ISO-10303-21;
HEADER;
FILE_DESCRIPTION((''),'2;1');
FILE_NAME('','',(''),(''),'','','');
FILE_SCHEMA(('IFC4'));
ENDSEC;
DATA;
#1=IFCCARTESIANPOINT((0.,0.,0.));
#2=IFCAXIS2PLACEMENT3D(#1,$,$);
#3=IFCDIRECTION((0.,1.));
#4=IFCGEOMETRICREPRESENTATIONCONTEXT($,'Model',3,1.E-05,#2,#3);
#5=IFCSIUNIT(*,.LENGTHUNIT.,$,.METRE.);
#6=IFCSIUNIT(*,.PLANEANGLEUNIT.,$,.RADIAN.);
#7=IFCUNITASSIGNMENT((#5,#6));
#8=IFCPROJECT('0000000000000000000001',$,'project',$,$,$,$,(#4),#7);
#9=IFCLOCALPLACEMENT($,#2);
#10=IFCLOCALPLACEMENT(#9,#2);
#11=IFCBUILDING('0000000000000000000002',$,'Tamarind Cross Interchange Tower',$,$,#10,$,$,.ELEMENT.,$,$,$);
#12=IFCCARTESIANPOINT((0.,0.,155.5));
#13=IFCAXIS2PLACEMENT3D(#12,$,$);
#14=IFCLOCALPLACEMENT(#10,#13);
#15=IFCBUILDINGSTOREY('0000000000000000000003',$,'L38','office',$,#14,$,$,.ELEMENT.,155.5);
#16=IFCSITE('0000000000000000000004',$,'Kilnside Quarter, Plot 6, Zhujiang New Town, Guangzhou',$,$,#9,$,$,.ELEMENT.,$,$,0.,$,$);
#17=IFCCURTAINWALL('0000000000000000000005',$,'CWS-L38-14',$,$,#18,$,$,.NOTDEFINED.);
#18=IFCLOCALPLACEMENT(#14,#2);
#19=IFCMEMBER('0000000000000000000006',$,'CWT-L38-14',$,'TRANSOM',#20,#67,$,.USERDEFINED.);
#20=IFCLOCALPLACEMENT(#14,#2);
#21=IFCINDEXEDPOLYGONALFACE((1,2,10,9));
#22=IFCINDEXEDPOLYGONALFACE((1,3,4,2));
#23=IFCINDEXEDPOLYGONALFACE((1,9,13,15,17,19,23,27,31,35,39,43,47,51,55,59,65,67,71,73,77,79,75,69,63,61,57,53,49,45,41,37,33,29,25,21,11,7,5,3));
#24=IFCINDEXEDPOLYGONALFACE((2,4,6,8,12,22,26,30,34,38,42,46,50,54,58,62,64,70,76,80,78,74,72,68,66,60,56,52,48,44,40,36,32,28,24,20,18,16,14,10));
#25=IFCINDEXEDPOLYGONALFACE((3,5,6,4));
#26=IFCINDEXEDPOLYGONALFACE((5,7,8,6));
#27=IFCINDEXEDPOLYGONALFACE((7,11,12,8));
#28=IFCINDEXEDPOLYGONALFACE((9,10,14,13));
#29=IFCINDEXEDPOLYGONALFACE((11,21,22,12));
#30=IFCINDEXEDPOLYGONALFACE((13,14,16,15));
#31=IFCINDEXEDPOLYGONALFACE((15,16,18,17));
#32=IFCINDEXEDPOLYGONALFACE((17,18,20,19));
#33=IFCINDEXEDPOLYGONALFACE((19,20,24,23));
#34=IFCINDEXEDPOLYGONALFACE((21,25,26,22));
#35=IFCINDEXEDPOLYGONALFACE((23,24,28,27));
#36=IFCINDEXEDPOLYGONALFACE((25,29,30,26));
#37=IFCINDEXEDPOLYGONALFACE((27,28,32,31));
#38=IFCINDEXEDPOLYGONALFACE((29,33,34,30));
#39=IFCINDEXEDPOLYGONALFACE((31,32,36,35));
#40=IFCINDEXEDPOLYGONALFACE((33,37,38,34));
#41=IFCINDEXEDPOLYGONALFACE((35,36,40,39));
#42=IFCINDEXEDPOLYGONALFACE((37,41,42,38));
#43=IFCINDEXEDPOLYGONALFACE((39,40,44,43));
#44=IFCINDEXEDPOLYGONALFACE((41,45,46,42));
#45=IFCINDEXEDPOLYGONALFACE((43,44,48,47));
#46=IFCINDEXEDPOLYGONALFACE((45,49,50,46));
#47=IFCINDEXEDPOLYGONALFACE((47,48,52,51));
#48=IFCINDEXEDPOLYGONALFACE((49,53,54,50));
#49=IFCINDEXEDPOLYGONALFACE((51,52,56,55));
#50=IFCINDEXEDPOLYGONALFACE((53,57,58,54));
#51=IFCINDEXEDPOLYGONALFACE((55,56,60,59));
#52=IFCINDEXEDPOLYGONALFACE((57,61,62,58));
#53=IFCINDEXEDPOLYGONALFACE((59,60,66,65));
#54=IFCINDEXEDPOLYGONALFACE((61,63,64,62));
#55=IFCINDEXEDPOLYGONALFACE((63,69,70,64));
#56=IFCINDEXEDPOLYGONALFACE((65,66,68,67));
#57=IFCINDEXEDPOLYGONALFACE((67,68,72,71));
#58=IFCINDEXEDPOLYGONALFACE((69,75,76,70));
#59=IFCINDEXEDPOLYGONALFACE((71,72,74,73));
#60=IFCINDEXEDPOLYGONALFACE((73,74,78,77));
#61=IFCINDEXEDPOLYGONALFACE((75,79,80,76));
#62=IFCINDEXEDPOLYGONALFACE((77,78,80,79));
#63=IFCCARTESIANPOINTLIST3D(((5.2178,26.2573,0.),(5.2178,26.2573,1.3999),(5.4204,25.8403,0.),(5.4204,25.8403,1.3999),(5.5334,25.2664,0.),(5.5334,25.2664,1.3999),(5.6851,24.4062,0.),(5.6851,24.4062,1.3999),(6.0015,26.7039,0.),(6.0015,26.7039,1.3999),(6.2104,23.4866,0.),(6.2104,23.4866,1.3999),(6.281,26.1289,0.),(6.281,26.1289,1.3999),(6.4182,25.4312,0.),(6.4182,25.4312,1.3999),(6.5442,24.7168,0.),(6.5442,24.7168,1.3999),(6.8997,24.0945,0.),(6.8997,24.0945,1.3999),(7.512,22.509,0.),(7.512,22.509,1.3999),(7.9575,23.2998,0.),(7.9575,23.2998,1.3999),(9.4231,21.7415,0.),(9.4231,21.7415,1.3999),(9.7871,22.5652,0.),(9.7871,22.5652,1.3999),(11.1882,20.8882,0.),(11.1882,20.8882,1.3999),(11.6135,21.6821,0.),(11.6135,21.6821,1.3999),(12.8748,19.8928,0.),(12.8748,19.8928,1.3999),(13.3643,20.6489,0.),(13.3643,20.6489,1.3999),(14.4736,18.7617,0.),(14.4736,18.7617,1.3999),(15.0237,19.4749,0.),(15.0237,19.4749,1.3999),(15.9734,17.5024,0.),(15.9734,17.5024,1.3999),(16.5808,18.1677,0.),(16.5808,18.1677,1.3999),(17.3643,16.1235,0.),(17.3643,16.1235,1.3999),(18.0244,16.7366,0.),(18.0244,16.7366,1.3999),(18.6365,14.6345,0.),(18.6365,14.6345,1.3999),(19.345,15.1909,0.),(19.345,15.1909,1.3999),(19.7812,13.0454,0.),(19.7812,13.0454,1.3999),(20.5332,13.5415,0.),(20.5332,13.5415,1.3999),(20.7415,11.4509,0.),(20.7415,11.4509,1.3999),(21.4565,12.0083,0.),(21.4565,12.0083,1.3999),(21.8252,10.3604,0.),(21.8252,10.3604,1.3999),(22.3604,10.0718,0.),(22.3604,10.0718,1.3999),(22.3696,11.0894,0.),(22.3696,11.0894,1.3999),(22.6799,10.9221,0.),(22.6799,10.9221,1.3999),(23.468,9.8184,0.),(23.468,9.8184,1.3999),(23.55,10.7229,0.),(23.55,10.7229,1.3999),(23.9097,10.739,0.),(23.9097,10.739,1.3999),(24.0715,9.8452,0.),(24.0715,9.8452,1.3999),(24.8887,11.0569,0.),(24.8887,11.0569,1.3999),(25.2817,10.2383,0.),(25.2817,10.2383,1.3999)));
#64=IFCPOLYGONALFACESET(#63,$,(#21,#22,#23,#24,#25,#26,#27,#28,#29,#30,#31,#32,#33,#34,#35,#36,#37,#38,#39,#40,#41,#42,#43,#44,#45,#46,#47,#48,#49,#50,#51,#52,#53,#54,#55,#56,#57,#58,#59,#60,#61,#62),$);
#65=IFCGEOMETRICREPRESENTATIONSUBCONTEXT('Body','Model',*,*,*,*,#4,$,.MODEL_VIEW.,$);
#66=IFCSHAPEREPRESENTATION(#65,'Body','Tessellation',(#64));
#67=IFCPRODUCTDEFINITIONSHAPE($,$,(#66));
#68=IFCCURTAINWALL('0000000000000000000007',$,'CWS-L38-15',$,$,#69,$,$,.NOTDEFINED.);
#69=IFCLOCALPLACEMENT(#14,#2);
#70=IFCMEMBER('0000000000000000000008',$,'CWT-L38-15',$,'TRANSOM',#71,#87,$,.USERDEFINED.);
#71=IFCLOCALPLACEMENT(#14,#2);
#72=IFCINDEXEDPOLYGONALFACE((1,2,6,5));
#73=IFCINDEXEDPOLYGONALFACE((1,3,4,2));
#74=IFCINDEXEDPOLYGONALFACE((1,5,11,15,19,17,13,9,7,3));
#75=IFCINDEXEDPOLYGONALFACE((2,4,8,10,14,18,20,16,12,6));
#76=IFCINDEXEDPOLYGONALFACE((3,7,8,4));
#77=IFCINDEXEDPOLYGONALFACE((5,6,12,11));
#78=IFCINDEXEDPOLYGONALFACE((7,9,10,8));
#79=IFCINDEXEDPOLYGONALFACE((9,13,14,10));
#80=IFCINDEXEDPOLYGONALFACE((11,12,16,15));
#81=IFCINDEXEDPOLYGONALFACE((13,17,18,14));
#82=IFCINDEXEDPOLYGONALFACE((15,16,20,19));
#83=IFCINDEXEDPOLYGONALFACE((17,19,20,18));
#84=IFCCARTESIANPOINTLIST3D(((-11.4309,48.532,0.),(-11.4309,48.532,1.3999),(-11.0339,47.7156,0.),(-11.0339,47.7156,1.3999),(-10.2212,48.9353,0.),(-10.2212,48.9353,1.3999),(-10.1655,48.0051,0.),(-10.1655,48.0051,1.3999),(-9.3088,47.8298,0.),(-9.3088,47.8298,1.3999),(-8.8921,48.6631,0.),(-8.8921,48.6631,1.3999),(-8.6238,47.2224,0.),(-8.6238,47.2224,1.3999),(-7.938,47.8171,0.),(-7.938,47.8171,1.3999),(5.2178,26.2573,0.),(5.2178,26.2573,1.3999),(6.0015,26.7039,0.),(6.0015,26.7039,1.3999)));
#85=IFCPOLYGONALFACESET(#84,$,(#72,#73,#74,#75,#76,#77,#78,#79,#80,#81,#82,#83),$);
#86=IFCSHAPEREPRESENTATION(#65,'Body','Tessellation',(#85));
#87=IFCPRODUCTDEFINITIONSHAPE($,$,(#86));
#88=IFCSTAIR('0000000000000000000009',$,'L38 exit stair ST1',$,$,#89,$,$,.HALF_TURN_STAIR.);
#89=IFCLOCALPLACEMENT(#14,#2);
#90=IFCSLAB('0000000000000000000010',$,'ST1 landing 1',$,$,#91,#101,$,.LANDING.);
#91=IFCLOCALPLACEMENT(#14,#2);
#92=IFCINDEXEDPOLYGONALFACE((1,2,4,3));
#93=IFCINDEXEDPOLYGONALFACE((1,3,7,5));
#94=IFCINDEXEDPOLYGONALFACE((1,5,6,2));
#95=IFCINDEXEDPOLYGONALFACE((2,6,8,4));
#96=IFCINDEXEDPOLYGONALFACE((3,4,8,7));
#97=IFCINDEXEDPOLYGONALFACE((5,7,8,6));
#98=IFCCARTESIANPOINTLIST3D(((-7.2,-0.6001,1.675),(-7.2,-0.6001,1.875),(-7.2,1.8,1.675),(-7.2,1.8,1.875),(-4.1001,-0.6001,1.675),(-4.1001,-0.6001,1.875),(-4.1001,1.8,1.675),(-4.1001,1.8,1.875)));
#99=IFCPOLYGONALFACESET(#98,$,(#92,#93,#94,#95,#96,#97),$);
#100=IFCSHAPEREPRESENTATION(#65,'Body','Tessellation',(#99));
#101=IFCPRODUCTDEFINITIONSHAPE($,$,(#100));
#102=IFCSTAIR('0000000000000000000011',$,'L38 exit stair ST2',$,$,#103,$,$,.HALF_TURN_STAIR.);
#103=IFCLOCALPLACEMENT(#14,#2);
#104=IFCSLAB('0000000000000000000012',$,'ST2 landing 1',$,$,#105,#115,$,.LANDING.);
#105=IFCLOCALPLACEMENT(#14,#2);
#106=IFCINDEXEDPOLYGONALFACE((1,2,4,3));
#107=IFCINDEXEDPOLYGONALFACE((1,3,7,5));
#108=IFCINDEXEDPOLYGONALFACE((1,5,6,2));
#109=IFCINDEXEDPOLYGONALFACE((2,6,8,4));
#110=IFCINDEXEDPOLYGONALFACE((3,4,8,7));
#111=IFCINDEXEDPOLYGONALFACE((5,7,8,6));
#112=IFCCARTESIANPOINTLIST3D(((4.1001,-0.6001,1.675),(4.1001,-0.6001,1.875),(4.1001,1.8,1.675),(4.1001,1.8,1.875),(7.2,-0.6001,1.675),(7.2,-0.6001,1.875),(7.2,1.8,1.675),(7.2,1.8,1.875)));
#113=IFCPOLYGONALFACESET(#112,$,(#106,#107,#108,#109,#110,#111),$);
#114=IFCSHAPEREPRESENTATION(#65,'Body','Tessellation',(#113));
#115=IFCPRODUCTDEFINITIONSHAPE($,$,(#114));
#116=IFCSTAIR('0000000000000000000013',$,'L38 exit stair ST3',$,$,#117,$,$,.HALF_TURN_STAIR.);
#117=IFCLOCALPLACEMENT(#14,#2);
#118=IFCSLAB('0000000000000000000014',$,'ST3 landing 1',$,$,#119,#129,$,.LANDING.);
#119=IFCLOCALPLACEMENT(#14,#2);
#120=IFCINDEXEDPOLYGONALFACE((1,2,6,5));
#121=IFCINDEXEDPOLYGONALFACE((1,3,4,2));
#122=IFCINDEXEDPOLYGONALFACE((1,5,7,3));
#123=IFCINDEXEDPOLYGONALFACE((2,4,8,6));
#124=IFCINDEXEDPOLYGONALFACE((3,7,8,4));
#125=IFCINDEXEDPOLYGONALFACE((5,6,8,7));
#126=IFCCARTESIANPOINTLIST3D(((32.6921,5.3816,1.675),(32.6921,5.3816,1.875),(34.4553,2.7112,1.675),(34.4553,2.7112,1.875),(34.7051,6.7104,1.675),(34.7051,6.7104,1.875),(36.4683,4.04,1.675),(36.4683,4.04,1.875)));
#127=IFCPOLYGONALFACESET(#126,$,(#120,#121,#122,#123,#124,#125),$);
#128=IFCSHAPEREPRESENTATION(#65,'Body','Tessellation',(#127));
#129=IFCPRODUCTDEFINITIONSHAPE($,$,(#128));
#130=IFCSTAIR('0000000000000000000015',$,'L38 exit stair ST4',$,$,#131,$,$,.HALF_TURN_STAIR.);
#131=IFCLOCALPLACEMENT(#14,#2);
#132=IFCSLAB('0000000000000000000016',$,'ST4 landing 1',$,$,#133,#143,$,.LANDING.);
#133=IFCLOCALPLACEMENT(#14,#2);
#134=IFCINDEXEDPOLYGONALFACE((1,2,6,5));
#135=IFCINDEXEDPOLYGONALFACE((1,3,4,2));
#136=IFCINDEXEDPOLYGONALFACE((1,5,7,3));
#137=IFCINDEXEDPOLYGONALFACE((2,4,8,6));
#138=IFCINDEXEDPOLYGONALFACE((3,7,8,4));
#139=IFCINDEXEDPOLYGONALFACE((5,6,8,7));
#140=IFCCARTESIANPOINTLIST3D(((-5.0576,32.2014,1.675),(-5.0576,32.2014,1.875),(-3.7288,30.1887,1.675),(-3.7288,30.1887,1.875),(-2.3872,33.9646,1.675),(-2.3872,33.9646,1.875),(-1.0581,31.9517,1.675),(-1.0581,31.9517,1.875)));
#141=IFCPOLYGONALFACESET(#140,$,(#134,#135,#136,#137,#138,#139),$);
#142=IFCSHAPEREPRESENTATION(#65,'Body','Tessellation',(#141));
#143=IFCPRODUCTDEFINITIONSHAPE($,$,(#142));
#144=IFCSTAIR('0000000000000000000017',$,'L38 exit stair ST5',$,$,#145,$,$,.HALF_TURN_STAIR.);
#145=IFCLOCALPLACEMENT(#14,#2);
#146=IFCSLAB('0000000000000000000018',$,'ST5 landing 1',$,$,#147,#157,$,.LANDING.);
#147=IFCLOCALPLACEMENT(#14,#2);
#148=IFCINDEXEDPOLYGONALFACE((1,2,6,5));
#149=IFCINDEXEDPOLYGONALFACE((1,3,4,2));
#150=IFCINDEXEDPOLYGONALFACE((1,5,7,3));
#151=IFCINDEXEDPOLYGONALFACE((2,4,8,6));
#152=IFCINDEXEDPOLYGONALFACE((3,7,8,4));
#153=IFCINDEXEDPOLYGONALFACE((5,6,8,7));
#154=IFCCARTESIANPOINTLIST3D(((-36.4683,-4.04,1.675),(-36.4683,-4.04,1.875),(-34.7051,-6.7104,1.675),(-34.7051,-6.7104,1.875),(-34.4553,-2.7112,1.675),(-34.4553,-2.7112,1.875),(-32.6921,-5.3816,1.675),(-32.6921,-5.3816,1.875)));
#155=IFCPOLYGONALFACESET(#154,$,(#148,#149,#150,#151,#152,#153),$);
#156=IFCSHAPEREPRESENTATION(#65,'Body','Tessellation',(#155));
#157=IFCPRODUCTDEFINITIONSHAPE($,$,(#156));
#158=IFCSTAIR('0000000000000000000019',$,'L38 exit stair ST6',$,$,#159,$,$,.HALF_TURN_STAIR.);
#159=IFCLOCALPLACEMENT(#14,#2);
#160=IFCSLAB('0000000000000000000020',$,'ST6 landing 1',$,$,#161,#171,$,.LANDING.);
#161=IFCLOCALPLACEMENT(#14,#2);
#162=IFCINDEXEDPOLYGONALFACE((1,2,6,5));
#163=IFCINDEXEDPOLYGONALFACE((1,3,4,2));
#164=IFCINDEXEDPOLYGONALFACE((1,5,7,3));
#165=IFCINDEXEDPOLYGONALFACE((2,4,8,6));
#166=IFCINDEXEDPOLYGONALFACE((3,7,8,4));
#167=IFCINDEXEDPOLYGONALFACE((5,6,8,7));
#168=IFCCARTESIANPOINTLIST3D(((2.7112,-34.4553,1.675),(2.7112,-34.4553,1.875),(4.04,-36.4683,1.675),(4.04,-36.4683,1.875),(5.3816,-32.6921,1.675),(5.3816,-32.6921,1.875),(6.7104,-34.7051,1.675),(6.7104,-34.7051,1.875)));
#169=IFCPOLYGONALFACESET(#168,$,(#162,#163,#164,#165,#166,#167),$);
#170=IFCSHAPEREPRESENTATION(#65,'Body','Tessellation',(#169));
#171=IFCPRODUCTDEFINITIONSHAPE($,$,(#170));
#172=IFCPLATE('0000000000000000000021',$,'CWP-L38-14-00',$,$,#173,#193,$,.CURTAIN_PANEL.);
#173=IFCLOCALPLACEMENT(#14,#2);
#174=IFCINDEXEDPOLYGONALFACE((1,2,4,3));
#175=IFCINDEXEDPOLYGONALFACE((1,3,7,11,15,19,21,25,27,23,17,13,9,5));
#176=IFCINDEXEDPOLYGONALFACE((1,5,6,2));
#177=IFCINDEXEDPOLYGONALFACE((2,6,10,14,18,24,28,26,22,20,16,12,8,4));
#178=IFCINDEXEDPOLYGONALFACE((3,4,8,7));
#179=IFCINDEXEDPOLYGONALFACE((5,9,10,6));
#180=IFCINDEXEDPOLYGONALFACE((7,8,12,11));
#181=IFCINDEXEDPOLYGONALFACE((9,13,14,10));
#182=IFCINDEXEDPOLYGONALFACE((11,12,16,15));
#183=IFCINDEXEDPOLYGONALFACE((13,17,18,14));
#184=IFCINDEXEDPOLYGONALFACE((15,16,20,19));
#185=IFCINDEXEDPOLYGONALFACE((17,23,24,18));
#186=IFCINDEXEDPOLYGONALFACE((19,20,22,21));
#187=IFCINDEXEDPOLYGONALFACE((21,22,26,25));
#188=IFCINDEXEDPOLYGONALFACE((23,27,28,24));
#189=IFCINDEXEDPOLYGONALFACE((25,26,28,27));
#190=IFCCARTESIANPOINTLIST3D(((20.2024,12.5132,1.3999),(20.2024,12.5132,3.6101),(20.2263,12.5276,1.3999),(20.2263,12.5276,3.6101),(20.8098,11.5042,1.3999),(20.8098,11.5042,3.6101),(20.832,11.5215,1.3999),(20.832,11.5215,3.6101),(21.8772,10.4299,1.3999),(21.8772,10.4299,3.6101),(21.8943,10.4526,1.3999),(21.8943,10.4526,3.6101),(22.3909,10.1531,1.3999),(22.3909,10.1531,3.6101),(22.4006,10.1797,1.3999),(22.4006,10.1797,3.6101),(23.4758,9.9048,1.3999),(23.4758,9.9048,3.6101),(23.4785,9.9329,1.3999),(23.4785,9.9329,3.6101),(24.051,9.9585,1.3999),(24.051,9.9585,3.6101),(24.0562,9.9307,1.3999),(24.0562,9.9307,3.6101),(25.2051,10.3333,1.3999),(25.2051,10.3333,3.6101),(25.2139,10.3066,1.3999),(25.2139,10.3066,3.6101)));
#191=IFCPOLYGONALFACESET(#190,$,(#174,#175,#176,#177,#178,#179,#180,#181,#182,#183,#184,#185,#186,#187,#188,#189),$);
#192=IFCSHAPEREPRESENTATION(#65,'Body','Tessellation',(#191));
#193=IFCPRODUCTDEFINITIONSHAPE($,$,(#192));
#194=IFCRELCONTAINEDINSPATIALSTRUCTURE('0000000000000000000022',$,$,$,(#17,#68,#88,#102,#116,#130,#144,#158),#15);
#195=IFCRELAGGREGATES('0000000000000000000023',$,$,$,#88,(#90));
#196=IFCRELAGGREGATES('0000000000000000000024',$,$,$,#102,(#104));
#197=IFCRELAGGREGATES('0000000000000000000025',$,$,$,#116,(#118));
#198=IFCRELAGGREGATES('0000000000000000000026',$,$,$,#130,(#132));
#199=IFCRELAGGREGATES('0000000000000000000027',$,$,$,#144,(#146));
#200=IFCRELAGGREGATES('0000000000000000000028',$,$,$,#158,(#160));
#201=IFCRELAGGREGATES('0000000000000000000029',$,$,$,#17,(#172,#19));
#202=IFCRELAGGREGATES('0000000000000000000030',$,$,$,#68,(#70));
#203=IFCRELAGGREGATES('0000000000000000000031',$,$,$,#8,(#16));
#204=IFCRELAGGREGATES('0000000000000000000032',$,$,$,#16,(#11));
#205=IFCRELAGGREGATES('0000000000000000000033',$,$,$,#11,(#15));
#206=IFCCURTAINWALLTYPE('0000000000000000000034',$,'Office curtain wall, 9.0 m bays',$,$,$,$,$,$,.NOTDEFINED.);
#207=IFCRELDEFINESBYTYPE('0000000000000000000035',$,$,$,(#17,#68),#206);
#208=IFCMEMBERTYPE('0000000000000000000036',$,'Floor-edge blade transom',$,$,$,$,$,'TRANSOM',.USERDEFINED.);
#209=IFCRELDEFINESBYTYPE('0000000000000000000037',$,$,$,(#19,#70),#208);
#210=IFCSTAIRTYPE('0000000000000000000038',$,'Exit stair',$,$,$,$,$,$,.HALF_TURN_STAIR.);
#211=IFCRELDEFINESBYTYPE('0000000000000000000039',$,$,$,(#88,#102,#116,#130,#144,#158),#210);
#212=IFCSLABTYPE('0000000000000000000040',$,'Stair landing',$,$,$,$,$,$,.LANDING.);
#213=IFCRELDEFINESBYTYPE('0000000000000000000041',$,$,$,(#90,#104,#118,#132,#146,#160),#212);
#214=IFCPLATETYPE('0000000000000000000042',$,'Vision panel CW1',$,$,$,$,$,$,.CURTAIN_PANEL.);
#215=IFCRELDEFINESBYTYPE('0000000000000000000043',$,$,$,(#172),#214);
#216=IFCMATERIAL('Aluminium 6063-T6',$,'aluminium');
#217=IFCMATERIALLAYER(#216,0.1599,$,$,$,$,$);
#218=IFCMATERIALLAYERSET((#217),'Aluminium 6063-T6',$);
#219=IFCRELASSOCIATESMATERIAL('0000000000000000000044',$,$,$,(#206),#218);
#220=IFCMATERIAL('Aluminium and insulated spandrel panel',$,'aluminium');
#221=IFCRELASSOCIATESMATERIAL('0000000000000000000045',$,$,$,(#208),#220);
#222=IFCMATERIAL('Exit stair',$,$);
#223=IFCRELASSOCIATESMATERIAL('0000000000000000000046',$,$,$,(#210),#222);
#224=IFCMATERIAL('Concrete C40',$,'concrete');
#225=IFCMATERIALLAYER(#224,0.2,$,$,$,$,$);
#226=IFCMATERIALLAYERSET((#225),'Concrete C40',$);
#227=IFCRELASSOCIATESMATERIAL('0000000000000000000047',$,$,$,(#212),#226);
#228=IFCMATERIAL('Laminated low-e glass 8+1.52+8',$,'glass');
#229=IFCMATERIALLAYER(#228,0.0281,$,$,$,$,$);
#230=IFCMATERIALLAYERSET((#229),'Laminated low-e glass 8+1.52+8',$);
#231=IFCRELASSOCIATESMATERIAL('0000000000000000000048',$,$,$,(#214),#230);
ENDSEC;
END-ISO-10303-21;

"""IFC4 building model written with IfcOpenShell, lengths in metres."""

from ifc_helpers import new_model, si_unit, direction, frame, origin, place, context, subcontext, project, spatial, polyline, outline, extrude, material, layer, layer_set, type_object, element, aggregate, save


model = new_model("IFC4")

# Units and contexts
model_context = context("Model", 3, precision=1e-05, world=origin(), true_north=direction((0.0, 1.0)))
body_context = subcontext(model_context, "Body", "Model", "MODEL_VIEW")
ifc_project = project(units=[si_unit("LENGTHUNIT", "METRE"), si_unit("PLANEANGLEUNIT", "RADIAN")], contexts=[model_context])

# Site, building, storey
site_placement = place(None, origin())
site = spatial("IfcSite", under=ifc_project, at=site_placement, Name="Kilnside Quarter, Plot 6, Zhujiang New Town, Guangzhou", CompositionType="ELEMENT", RefElevation=0.0)
building_placement = place(site_placement, origin())
building = spatial("IfcBuilding", under=site, at=building_placement, Name="Tamarind Cross Interchange Tower", CompositionType="ELEMENT")
storey_placement = place(building_placement, frame((0.0, 0.0, 155.5)))
storey = spatial("IfcBuildingStorey", under=building, at=storey_placement, Name="L38", Description="office", CompositionType="ELEMENT", Elevation=155.5)

# Curtain walls, members
ifc_material_1 = material(Name="Aluminium 6063-T6", Category="aluminium")
ifc_layer_1 = layer(ifc_material_1, 0.1599)
ifc_layer_set_1 = layer_set([ifc_layer_1], Name="Aluminium 6063-T6")
curtain_wall_type = type_object("IfcCurtainWallType", Name="Office curtain wall, 9.0 m bays", PredefinedType="NOTDEFINED", material=ifc_layer_set_1)
curtain_wall_1_placement = place(storey_placement, origin())
curtain_wall_1 = element("IfcCurtainWall", 1, at=curtain_wall_1_placement, inside=storey, type_object=curtain_wall_type, Name="CWS-L38-14", PredefinedType="NOTDEFINED")
ifc_material_2 = material(Name="Aluminium and insulated spandrel panel", Category="aluminium")
member_type = type_object("IfcMemberType", Name="Floor-edge blade transom", ElementType="TRANSOM", PredefinedType="USERDEFINED", material=ifc_material_2)
member_1_placement = place(storey_placement, origin())
member_1 = element("IfcMember", 2, at=member_1_placement, type_object=member_type, Name="CWT-L38-14", ObjectType="TRANSOM", PredefinedType="USERDEFINED", context=body_context, shape_type="SweptSolid", body=[
    extrude(outline(polyline([(25.2817, 10.2383), (24.0715, 9.8452), (23.468, 9.8184), (22.3604, 10.0718), (21.8252, 10.3604), (20.7415, 11.4509), (19.7812, 13.0454), (18.6365, 14.6345), (17.3643, 16.1235), (15.9734, 17.5024), (14.4736, 18.7617), (12.8748, 19.8928), (11.1882, 20.8882), (9.4231, 21.7415), (7.512, 22.509), (6.2104, 23.4866), (5.6851, 24.4062), (5.5334, 25.2664), (5.4204, 25.8403), (5.2178, 26.2573), (6.0015, 26.7039), (6.281, 26.1289), (6.4182, 25.4312), (6.5442, 24.7168), (6.8997, 24.0945), (7.9575, 23.2998), (9.7871, 22.5652), (11.6135, 21.6821), (13.3643, 20.6489), (15.0237, 19.4749), (16.5808, 18.1677), (18.0244, 16.7366), (19.345, 15.1909), (20.5332, 13.5415), (21.4565, 12.0083), (22.3696, 11.0894), (22.6799, 10.9221), (23.55, 10.7229), (23.9097, 10.739), (24.8887, 11.0569), (25.2817, 10.2383)])), origin(), (0.0, 0.0, 1.0), 1.3999),
])
curtain_wall_2_placement = place(storey_placement, origin())
curtain_wall_2 = element("IfcCurtainWall", 3, at=curtain_wall_2_placement, inside=storey, type_object=curtain_wall_type, Name="CWS-L38-15", PredefinedType="NOTDEFINED")
member_2_placement = place(storey_placement, origin())
member_2 = element("IfcMember", 4, at=member_2_placement, type_object=member_type, Name="CWT-L38-15", ObjectType="TRANSOM", PredefinedType="USERDEFINED", context=body_context, shape_type="SweptSolid", body=[
    extrude(outline(polyline([(5.2178, 26.2573), (-8.6238, 47.2224), (-9.3088, 47.8298), (-10.1655, 48.0051), (-11.0339, 47.7156), (-11.4309, 48.532), (-10.2212, 48.9353), (-8.8921, 48.6631), (-7.938, 47.8171), (6.0015, 26.7039), (5.2178, 26.2573)])), origin(), (0.0, 0.0, 1.0), 1.3999),
])

# Stairs, slabs
ifc_material_3 = material(Name="Exit stair")
stair_type = type_object("IfcStairType", Name="Exit stair", PredefinedType="HALF_TURN_STAIR", material=ifc_material_3)
stair_1_placement = place(storey_placement, origin())
stair_1 = element("IfcStair", 5, at=stair_1_placement, inside=storey, type_object=stair_type, Name="L38 exit stair ST1", PredefinedType="HALF_TURN_STAIR")
ifc_material_4 = material(Name="Concrete C40", Category="concrete")
ifc_layer_2 = layer(ifc_material_4, 0.2)
ifc_layer_set_2 = layer_set([ifc_layer_2], Name="Concrete C40")
slab_type = type_object("IfcSlabType", Name="Stair landing", PredefinedType="LANDING", material=ifc_layer_set_2)
slab_1_placement = place(storey_placement, frame((0.0, 0.0, 1.675)))
slab_1 = element("IfcSlab", 6, at=slab_1_placement, type_object=slab_type, Name="ST1 landing 1", PredefinedType="LANDING", context=body_context, shape_type="SweptSolid", body=[
    extrude(outline(polyline([(-4.1001, -0.6001), (-4.1001, 1.8), (-7.2, 1.8), (-7.2, -0.6001), (-4.1001, -0.6001)])), origin(), (0.0, 0.0, 1.0), 0.2),
])
aggregate(stair_1, [slab_1])
stair_2_placement = place(storey_placement, origin())
stair_2 = element("IfcStair", 7, at=stair_2_placement, inside=storey, type_object=stair_type, Name="L38 exit stair ST2", PredefinedType="HALF_TURN_STAIR")
slab_2_placement = place(storey_placement, frame((0.0, 0.0, 1.675)))
slab_2 = element("IfcSlab", 8, at=slab_2_placement, type_object=slab_type, Name="ST2 landing 1", PredefinedType="LANDING", context=body_context, shape_type="SweptSolid", body=[
    extrude(outline(polyline([(7.2, -0.6001), (7.2, 1.8), (4.1001, 1.8), (4.1001, -0.6001), (7.2, -0.6001)])), origin(), (0.0, 0.0, 1.0), 0.2),
])
aggregate(stair_2, [slab_2])
stair_3_placement = place(storey_placement, origin())
stair_3 = element("IfcStair", 9, at=stair_3_placement, inside=storey, type_object=stair_type, Name="L38 exit stair ST3", PredefinedType="HALF_TURN_STAIR")
slab_3_placement = place(storey_placement, frame((0.0, 0.0, 1.675)))
slab_3 = element("IfcSlab", 10, at=slab_3_placement, type_object=slab_type, Name="ST3 landing 1", PredefinedType="LANDING", context=body_context, shape_type="SweptSolid", body=[
    extrude(outline(polyline([(34.4553, 2.7112), (36.4683, 4.04), (34.7051, 6.7104), (32.6921, 5.3816), (34.4553, 2.7112)])), origin(), (0.0, 0.0, 1.0), 0.2),
])
aggregate(stair_3, [slab_3])
stair_4_placement = place(storey_placement, origin())
stair_4 = element("IfcStair", 11, at=stair_4_placement, inside=storey, type_object=stair_type, Name="L38 exit stair ST4", PredefinedType="HALF_TURN_STAIR")
slab_4_placement = place(storey_placement, frame((0.0, 0.0, 1.675)))
slab_4 = element("IfcSlab", 12, at=slab_4_placement, type_object=slab_type, Name="ST4 landing 1", PredefinedType="LANDING", context=body_context, shape_type="SweptSolid", body=[
    extrude(outline(polyline([(-1.0581, 31.9517), (-2.3872, 33.9646), (-5.0576, 32.2014), (-3.7288, 30.1887), (-1.0581, 31.9517)])), origin(), (0.0, 0.0, 1.0), 0.2),
])
aggregate(stair_4, [slab_4])
stair_5_placement = place(storey_placement, origin())
stair_5 = element("IfcStair", 13, at=stair_5_placement, inside=storey, type_object=stair_type, Name="L38 exit stair ST5", PredefinedType="HALF_TURN_STAIR")
slab_5_placement = place(storey_placement, frame((0.0, 0.0, 1.675)))
slab_5 = element("IfcSlab", 14, at=slab_5_placement, type_object=slab_type, Name="ST5 landing 1", PredefinedType="LANDING", context=body_context, shape_type="SweptSolid", body=[
    extrude(outline(polyline([(-34.4553, -2.7112), (-36.4683, -4.04), (-34.7051, -6.7104), (-32.6921, -5.3816), (-34.4553, -2.7112)])), origin(), (0.0, 0.0, 1.0), 0.2),
])
aggregate(stair_5, [slab_5])
stair_6_placement = place(storey_placement, origin())
stair_6 = element("IfcStair", 15, at=stair_6_placement, inside=storey, type_object=stair_type, Name="L38 exit stair ST6", PredefinedType="HALF_TURN_STAIR")
slab_6_placement = place(storey_placement, frame((0.0, 0.0, 1.675)))
slab_6 = element("IfcSlab", 16, at=slab_6_placement, type_object=slab_type, Name="ST6 landing 1", PredefinedType="LANDING", context=body_context, shape_type="SweptSolid", body=[
    extrude(outline(polyline([(2.7112, -34.4553), (4.04, -36.4683), (6.7104, -34.7051), (5.3816, -32.6921), (2.7112, -34.4553)])), origin(), (0.0, 0.0, 1.0), 0.2),
])
aggregate(stair_6, [slab_6])

# Plate
ifc_material_5 = material(Name="Laminated low-e glass 8+1.52+8", Category="glass")
ifc_layer_3 = layer(ifc_material_5, 0.0281)
ifc_layer_set_3 = layer_set([ifc_layer_3], Name="Laminated low-e glass 8+1.52+8")
plate_type = type_object("IfcPlateType", Name="Vision panel CW1", PredefinedType="CURTAIN_PANEL", material=ifc_layer_set_3)
plate_1_placement = place(storey_placement, frame((0.0, 0.0, 1.3999)))
plate_1 = element("IfcPlate", 17, at=plate_1_placement, type_object=plate_type, Name="CWP-L38-14-00", PredefinedType="CURTAIN_PANEL", context=body_context, shape_type="SweptSolid", body=[
    extrude(outline(polyline([(25.2139, 10.3066), (24.0562, 9.9307), (23.4758, 9.9048), (22.3909, 10.1531), (21.8772, 10.4299), (20.8098, 11.5042), (20.2024, 12.5132), (20.2263, 12.5276), (20.832, 11.5215), (21.8943, 10.4526), (22.4006, 10.1797), (23.4785, 9.9329), (24.051, 9.9585), (25.2051, 10.3333), (25.2139, 10.3066)])), origin(), (0.0, 0.0, 1.0), 2.2102),
])
aggregate(curtain_wall_1, [plate_1, member_1])
aggregate(curtain_wall_2, [member_2])

save(model, "model.ifc")
